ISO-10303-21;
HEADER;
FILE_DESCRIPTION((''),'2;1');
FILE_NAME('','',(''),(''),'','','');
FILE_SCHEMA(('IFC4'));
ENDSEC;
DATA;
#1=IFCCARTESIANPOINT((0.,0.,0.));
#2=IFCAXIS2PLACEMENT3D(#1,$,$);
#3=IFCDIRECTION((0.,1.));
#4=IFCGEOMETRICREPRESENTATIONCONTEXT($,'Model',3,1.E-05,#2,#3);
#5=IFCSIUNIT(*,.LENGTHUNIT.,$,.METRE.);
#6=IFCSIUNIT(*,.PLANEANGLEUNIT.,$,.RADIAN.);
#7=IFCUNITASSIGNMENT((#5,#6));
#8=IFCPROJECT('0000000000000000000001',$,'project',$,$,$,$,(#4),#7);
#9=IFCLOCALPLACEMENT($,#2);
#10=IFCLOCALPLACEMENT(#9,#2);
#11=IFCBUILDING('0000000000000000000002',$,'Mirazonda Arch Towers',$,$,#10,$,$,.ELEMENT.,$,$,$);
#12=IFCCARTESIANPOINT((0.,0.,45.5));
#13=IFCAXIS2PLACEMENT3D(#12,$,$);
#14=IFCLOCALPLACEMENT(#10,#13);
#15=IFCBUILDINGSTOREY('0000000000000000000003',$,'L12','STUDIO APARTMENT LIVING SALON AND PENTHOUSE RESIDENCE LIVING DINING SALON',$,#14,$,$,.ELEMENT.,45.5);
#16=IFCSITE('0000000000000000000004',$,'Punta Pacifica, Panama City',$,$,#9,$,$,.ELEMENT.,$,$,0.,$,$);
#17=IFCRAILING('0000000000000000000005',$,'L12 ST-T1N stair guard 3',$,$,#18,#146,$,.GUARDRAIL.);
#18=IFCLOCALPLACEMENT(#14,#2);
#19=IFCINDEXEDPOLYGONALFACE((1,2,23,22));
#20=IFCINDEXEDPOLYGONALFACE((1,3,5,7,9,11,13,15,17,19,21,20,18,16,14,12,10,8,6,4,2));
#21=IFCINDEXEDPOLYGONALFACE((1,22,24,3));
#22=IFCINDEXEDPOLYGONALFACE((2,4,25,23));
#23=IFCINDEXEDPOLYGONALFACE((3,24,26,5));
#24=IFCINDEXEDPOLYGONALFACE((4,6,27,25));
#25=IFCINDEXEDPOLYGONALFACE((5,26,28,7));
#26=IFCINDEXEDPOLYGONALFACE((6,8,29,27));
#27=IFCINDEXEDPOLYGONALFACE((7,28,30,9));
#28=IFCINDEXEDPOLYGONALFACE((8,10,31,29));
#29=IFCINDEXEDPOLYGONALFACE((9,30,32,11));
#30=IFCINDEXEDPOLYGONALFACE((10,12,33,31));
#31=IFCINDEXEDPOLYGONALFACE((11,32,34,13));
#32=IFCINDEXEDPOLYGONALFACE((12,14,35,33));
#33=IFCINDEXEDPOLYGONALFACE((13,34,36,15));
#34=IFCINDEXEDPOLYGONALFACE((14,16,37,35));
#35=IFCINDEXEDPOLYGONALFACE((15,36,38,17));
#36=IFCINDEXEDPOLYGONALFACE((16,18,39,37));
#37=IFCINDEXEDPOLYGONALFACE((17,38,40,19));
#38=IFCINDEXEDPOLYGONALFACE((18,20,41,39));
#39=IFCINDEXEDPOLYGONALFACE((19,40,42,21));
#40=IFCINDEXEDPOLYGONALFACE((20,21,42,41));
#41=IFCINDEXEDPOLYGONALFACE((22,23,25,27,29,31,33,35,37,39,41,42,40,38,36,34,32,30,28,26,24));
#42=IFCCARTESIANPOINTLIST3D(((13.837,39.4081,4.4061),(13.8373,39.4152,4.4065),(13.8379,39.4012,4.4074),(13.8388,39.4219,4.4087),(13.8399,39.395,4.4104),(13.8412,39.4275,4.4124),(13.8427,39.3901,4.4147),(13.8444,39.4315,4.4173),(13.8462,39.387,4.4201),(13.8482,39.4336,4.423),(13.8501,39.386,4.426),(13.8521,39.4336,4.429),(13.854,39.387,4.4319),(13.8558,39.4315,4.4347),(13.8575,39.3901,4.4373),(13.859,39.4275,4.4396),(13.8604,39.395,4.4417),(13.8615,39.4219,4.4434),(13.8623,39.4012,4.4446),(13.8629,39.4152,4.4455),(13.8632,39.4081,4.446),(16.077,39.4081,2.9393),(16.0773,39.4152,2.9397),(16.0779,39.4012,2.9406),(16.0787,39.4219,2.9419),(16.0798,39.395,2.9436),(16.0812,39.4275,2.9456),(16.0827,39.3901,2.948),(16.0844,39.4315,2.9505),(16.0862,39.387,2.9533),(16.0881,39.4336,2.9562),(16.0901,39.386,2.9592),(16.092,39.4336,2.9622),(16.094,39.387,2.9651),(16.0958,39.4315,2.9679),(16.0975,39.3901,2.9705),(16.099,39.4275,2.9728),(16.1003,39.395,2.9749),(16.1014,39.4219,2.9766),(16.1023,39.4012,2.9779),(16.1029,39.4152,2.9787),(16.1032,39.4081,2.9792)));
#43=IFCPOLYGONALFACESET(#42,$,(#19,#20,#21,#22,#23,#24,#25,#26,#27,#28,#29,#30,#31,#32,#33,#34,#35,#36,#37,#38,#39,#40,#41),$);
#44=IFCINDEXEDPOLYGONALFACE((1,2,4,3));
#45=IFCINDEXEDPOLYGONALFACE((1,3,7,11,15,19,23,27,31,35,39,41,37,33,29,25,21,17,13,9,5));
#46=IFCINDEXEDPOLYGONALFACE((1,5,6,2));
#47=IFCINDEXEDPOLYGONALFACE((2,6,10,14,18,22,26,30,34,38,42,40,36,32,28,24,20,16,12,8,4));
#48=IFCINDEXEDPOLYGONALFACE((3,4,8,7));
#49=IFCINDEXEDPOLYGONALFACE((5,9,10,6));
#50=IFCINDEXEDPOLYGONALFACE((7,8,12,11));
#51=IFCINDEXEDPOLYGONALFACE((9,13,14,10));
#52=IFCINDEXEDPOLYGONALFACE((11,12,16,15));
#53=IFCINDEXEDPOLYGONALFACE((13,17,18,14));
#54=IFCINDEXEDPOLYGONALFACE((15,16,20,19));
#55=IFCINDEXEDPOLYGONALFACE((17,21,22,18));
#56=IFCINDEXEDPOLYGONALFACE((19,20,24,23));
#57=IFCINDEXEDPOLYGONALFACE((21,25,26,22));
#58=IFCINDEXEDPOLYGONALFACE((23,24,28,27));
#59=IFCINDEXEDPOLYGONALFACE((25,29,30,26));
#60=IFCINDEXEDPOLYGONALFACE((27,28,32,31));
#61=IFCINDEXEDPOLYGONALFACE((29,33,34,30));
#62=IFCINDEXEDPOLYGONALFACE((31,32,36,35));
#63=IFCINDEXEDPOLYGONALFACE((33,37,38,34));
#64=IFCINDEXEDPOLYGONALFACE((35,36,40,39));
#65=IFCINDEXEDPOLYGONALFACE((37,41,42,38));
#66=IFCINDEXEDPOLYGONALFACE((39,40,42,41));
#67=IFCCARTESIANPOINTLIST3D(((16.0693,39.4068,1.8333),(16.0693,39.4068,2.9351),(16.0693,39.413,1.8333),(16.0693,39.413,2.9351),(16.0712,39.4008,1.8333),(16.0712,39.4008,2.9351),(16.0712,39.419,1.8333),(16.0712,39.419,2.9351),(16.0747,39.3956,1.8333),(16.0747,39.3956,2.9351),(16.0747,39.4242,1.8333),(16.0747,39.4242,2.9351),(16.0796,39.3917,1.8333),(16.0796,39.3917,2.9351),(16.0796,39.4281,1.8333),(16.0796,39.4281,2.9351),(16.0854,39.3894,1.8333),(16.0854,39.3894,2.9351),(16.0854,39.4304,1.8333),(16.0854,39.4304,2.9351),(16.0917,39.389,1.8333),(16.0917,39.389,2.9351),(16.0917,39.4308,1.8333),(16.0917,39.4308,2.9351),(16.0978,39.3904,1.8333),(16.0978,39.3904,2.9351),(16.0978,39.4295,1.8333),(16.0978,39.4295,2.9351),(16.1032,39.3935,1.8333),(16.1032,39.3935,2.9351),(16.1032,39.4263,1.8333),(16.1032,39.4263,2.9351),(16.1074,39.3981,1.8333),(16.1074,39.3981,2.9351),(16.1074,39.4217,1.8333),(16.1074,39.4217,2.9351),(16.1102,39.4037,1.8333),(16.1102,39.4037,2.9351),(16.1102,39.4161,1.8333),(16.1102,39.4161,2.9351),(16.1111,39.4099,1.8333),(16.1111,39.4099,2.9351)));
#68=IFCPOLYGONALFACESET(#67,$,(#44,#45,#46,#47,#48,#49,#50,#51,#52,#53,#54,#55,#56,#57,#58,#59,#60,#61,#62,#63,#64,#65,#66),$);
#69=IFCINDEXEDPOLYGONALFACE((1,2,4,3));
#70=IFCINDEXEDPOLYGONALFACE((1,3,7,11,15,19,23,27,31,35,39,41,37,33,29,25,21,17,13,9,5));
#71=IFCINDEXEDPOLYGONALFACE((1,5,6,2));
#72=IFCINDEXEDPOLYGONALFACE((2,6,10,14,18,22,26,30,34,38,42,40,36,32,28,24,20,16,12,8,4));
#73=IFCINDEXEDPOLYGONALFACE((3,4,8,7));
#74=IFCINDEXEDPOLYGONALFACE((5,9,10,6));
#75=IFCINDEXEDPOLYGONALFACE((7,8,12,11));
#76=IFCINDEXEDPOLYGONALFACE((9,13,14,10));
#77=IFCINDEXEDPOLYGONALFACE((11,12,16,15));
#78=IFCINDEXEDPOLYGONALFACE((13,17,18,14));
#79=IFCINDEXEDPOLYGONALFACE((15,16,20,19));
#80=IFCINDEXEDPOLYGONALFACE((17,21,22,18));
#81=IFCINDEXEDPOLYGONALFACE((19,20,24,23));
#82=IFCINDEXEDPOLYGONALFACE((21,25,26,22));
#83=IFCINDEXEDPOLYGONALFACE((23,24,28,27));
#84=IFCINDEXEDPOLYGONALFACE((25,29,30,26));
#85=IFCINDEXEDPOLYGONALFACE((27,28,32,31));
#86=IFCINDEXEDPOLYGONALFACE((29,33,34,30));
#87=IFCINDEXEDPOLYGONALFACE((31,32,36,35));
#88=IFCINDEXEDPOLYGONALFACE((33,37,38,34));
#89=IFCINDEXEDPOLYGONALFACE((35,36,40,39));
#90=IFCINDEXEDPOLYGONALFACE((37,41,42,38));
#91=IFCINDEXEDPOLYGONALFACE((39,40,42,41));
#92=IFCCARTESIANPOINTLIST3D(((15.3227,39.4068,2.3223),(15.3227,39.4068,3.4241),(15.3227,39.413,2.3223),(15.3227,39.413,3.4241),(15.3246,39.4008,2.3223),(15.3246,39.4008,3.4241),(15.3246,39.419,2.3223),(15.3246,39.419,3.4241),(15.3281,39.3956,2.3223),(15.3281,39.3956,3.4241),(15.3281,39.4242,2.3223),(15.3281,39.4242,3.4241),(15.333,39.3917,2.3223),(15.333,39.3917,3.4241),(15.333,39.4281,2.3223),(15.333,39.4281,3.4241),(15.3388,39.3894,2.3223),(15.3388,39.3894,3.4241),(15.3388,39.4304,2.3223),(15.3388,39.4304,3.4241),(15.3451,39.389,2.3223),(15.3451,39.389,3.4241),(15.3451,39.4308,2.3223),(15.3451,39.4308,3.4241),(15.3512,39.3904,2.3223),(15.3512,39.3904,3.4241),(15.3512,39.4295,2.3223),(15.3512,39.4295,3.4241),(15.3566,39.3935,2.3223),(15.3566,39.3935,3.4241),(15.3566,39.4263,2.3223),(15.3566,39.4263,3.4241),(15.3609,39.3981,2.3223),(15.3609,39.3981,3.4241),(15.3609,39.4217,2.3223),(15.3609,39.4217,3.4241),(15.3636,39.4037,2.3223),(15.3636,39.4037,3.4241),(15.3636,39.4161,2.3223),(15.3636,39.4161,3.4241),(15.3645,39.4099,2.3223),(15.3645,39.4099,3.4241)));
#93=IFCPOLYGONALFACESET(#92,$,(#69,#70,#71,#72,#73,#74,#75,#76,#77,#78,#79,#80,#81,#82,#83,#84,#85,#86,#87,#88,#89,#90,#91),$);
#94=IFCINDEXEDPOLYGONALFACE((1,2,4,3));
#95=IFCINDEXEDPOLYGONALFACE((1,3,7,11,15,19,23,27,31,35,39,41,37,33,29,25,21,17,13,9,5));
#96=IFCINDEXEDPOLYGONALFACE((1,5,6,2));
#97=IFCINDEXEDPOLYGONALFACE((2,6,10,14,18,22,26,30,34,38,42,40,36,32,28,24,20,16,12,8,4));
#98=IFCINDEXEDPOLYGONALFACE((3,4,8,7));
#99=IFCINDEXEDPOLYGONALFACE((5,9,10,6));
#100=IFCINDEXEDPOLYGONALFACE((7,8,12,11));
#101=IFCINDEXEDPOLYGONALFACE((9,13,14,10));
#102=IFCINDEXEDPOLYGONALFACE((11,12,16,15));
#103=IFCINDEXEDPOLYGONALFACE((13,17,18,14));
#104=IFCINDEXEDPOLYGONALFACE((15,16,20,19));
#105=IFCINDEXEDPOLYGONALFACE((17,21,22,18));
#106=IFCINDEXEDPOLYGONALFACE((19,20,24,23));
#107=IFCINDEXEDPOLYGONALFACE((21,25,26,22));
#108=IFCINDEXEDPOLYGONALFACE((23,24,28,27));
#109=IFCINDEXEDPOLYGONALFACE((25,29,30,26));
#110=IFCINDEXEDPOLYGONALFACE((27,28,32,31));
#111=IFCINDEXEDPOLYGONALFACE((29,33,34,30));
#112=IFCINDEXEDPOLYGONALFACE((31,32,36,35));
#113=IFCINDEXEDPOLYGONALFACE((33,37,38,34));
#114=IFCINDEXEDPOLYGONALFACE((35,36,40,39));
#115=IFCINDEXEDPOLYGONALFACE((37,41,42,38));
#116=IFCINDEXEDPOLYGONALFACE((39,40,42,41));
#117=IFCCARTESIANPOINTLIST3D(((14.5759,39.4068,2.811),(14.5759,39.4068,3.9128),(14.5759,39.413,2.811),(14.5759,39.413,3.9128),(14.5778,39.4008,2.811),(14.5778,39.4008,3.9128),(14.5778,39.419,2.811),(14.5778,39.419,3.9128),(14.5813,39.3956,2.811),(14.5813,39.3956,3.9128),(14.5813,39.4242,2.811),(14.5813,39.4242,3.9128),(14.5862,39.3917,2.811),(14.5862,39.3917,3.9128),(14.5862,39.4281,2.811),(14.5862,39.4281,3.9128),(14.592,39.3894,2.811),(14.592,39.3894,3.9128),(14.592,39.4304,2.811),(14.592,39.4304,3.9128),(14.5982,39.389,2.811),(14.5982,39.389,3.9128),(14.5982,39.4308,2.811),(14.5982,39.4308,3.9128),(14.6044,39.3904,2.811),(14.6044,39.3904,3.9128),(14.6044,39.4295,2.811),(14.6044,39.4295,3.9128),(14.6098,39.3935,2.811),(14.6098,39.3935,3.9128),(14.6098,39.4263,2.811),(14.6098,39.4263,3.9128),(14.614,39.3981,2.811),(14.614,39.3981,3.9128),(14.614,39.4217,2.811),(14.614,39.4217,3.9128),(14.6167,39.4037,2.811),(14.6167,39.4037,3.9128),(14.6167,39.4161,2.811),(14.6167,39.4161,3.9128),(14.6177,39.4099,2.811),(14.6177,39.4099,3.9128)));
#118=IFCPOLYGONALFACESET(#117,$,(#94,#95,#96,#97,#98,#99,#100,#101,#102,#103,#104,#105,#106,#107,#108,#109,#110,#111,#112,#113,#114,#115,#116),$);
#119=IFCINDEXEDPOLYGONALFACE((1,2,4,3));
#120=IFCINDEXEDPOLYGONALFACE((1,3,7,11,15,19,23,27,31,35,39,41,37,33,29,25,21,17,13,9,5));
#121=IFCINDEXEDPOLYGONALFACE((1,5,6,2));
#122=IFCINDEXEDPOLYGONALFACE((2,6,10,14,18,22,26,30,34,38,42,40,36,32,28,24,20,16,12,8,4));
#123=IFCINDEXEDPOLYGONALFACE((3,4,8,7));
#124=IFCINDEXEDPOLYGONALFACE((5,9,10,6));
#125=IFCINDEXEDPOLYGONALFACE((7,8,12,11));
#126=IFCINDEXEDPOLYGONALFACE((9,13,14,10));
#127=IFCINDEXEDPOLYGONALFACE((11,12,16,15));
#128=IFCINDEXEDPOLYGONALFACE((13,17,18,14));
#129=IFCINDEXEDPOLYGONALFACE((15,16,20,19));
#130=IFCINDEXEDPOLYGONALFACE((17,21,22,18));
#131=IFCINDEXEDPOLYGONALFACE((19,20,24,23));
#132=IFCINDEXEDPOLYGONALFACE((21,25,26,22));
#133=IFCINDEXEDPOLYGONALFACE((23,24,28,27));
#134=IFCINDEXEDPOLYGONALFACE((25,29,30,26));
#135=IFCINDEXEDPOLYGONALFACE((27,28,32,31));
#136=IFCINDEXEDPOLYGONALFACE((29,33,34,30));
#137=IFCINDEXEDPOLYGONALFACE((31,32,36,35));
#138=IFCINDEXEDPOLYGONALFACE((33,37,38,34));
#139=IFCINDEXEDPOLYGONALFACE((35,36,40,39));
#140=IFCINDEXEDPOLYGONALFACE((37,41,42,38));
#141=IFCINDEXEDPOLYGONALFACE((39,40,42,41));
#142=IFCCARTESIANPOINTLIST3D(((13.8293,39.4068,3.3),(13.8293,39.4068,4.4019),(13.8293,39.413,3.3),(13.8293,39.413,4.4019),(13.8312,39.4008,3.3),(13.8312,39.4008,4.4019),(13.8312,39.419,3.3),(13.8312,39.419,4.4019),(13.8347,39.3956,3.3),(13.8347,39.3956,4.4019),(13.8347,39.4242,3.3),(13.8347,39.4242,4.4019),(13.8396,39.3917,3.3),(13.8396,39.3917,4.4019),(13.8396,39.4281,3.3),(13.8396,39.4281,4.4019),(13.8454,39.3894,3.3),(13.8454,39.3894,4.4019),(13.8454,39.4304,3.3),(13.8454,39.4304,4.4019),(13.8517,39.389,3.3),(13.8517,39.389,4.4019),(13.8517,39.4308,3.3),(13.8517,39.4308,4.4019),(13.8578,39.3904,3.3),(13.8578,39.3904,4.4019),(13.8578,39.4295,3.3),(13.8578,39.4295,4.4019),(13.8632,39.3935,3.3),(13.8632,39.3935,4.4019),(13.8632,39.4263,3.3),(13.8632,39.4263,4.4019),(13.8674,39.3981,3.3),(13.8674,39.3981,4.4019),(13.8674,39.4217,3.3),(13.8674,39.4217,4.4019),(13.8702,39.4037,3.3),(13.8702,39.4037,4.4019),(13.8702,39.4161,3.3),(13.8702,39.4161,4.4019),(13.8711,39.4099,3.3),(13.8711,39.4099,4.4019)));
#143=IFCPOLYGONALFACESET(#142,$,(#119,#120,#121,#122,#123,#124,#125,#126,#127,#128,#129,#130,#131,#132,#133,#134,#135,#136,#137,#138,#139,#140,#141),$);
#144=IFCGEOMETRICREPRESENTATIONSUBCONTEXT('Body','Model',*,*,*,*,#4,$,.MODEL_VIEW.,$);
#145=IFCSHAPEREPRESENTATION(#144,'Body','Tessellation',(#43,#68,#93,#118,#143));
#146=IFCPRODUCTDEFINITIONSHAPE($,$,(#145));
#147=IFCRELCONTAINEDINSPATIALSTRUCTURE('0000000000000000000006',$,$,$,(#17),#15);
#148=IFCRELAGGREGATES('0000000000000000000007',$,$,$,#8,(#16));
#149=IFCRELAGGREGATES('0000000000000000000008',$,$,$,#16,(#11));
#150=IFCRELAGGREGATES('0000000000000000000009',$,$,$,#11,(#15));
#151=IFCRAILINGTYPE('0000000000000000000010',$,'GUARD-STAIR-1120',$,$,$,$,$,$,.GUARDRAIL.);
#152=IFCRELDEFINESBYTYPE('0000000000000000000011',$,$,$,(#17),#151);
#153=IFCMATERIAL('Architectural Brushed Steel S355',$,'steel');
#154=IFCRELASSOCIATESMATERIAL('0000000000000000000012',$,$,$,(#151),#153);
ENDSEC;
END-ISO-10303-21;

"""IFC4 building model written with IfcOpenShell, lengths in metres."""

from ifc_helpers import new_model, si_unit, direction, frame, origin, origin_2d, place, context, subcontext, project, spatial, circle, extrude, material, type_object, element, save


model = new_model("IFC4")

# Units and contexts
model_context = context("Model", 3, precision=1e-05, world=origin(), true_north=direction((0.0, 1.0)))
body_context = subcontext(model_context, "Body", "Model", "MODEL_VIEW")
ifc_project = project(units=[si_unit("LENGTHUNIT", "METRE"), si_unit("PLANEANGLEUNIT", "RADIAN")], contexts=[model_context])

# Site, building, storey
site_placement = place(None, origin())
site = spatial("IfcSite", under=ifc_project, at=site_placement, Name="Punta Pacifica, Panama City", CompositionType="ELEMENT", RefElevation=0.0)
building_placement = place(site_placement, origin())
building = spatial("IfcBuilding", under=site, at=building_placement, Name="Mirazonda Arch Towers", CompositionType="ELEMENT")
storey_placement = place(building_placement, frame((0.0, 0.0, 45.5)))
storey = spatial("IfcBuildingStorey", under=building, at=storey_placement, Name="L12", Description="STUDIO APARTMENT LIVING SALON AND PENTHOUSE RESIDENCE LIVING DINING SALON", CompositionType="ELEMENT", Elevation=45.5)

# Shared definitions
ifc_material_1 = material(Name="Architectural Brushed Steel S355", Category="steel")

# Railing
railing_type_1 = type_object("IfcRailingType", Name="GUARD-STAIR-1120", PredefinedType="GUARDRAIL", material=ifc_material_1)
railing_1_placement = place(storey_placement, frame((16.0901, 39.4099, 1.8333)))
element("IfcRailing", 1, at=railing_1_placement, inside=storey, type_object=railing_type_1, Name="L12 ST-T1N stair guard 3", PredefinedType="GUARDRAIL", context=body_context, shape_type="SweptSolid", body=[
    extrude(circle(Radius=0.0239, at=origin_2d()), frame((0.0, 0.0, 1.126), z_axis=(-0.836595, 0.0, 0.547822), x_axis=(0.0, -1.0, 0.0)), (0.0, 0.0, 1.0), 2.6775),
    extrude(circle(Radius=0.021, at=origin_2d()), origin(), (0.0, 0.0, 1.0), 1.1018),
    extrude(circle(Radius=0.021, at=origin_2d()), frame((-0.7466, 0.0, 0.489)), (0.0, 0.0, 1.0), 1.1018),
    extrude(circle(Radius=0.021, at=origin_2d()), frame((-1.4934, 0.0, 0.9778)), (0.0, 0.0, 1.0), 1.1018),
    extrude(circle(Radius=0.021, at=origin_2d()), frame((-2.24, 0.0, 1.4668)), (0.0, 0.0, 1.0), 1.1018),
])

save(model, "model.ifc")
